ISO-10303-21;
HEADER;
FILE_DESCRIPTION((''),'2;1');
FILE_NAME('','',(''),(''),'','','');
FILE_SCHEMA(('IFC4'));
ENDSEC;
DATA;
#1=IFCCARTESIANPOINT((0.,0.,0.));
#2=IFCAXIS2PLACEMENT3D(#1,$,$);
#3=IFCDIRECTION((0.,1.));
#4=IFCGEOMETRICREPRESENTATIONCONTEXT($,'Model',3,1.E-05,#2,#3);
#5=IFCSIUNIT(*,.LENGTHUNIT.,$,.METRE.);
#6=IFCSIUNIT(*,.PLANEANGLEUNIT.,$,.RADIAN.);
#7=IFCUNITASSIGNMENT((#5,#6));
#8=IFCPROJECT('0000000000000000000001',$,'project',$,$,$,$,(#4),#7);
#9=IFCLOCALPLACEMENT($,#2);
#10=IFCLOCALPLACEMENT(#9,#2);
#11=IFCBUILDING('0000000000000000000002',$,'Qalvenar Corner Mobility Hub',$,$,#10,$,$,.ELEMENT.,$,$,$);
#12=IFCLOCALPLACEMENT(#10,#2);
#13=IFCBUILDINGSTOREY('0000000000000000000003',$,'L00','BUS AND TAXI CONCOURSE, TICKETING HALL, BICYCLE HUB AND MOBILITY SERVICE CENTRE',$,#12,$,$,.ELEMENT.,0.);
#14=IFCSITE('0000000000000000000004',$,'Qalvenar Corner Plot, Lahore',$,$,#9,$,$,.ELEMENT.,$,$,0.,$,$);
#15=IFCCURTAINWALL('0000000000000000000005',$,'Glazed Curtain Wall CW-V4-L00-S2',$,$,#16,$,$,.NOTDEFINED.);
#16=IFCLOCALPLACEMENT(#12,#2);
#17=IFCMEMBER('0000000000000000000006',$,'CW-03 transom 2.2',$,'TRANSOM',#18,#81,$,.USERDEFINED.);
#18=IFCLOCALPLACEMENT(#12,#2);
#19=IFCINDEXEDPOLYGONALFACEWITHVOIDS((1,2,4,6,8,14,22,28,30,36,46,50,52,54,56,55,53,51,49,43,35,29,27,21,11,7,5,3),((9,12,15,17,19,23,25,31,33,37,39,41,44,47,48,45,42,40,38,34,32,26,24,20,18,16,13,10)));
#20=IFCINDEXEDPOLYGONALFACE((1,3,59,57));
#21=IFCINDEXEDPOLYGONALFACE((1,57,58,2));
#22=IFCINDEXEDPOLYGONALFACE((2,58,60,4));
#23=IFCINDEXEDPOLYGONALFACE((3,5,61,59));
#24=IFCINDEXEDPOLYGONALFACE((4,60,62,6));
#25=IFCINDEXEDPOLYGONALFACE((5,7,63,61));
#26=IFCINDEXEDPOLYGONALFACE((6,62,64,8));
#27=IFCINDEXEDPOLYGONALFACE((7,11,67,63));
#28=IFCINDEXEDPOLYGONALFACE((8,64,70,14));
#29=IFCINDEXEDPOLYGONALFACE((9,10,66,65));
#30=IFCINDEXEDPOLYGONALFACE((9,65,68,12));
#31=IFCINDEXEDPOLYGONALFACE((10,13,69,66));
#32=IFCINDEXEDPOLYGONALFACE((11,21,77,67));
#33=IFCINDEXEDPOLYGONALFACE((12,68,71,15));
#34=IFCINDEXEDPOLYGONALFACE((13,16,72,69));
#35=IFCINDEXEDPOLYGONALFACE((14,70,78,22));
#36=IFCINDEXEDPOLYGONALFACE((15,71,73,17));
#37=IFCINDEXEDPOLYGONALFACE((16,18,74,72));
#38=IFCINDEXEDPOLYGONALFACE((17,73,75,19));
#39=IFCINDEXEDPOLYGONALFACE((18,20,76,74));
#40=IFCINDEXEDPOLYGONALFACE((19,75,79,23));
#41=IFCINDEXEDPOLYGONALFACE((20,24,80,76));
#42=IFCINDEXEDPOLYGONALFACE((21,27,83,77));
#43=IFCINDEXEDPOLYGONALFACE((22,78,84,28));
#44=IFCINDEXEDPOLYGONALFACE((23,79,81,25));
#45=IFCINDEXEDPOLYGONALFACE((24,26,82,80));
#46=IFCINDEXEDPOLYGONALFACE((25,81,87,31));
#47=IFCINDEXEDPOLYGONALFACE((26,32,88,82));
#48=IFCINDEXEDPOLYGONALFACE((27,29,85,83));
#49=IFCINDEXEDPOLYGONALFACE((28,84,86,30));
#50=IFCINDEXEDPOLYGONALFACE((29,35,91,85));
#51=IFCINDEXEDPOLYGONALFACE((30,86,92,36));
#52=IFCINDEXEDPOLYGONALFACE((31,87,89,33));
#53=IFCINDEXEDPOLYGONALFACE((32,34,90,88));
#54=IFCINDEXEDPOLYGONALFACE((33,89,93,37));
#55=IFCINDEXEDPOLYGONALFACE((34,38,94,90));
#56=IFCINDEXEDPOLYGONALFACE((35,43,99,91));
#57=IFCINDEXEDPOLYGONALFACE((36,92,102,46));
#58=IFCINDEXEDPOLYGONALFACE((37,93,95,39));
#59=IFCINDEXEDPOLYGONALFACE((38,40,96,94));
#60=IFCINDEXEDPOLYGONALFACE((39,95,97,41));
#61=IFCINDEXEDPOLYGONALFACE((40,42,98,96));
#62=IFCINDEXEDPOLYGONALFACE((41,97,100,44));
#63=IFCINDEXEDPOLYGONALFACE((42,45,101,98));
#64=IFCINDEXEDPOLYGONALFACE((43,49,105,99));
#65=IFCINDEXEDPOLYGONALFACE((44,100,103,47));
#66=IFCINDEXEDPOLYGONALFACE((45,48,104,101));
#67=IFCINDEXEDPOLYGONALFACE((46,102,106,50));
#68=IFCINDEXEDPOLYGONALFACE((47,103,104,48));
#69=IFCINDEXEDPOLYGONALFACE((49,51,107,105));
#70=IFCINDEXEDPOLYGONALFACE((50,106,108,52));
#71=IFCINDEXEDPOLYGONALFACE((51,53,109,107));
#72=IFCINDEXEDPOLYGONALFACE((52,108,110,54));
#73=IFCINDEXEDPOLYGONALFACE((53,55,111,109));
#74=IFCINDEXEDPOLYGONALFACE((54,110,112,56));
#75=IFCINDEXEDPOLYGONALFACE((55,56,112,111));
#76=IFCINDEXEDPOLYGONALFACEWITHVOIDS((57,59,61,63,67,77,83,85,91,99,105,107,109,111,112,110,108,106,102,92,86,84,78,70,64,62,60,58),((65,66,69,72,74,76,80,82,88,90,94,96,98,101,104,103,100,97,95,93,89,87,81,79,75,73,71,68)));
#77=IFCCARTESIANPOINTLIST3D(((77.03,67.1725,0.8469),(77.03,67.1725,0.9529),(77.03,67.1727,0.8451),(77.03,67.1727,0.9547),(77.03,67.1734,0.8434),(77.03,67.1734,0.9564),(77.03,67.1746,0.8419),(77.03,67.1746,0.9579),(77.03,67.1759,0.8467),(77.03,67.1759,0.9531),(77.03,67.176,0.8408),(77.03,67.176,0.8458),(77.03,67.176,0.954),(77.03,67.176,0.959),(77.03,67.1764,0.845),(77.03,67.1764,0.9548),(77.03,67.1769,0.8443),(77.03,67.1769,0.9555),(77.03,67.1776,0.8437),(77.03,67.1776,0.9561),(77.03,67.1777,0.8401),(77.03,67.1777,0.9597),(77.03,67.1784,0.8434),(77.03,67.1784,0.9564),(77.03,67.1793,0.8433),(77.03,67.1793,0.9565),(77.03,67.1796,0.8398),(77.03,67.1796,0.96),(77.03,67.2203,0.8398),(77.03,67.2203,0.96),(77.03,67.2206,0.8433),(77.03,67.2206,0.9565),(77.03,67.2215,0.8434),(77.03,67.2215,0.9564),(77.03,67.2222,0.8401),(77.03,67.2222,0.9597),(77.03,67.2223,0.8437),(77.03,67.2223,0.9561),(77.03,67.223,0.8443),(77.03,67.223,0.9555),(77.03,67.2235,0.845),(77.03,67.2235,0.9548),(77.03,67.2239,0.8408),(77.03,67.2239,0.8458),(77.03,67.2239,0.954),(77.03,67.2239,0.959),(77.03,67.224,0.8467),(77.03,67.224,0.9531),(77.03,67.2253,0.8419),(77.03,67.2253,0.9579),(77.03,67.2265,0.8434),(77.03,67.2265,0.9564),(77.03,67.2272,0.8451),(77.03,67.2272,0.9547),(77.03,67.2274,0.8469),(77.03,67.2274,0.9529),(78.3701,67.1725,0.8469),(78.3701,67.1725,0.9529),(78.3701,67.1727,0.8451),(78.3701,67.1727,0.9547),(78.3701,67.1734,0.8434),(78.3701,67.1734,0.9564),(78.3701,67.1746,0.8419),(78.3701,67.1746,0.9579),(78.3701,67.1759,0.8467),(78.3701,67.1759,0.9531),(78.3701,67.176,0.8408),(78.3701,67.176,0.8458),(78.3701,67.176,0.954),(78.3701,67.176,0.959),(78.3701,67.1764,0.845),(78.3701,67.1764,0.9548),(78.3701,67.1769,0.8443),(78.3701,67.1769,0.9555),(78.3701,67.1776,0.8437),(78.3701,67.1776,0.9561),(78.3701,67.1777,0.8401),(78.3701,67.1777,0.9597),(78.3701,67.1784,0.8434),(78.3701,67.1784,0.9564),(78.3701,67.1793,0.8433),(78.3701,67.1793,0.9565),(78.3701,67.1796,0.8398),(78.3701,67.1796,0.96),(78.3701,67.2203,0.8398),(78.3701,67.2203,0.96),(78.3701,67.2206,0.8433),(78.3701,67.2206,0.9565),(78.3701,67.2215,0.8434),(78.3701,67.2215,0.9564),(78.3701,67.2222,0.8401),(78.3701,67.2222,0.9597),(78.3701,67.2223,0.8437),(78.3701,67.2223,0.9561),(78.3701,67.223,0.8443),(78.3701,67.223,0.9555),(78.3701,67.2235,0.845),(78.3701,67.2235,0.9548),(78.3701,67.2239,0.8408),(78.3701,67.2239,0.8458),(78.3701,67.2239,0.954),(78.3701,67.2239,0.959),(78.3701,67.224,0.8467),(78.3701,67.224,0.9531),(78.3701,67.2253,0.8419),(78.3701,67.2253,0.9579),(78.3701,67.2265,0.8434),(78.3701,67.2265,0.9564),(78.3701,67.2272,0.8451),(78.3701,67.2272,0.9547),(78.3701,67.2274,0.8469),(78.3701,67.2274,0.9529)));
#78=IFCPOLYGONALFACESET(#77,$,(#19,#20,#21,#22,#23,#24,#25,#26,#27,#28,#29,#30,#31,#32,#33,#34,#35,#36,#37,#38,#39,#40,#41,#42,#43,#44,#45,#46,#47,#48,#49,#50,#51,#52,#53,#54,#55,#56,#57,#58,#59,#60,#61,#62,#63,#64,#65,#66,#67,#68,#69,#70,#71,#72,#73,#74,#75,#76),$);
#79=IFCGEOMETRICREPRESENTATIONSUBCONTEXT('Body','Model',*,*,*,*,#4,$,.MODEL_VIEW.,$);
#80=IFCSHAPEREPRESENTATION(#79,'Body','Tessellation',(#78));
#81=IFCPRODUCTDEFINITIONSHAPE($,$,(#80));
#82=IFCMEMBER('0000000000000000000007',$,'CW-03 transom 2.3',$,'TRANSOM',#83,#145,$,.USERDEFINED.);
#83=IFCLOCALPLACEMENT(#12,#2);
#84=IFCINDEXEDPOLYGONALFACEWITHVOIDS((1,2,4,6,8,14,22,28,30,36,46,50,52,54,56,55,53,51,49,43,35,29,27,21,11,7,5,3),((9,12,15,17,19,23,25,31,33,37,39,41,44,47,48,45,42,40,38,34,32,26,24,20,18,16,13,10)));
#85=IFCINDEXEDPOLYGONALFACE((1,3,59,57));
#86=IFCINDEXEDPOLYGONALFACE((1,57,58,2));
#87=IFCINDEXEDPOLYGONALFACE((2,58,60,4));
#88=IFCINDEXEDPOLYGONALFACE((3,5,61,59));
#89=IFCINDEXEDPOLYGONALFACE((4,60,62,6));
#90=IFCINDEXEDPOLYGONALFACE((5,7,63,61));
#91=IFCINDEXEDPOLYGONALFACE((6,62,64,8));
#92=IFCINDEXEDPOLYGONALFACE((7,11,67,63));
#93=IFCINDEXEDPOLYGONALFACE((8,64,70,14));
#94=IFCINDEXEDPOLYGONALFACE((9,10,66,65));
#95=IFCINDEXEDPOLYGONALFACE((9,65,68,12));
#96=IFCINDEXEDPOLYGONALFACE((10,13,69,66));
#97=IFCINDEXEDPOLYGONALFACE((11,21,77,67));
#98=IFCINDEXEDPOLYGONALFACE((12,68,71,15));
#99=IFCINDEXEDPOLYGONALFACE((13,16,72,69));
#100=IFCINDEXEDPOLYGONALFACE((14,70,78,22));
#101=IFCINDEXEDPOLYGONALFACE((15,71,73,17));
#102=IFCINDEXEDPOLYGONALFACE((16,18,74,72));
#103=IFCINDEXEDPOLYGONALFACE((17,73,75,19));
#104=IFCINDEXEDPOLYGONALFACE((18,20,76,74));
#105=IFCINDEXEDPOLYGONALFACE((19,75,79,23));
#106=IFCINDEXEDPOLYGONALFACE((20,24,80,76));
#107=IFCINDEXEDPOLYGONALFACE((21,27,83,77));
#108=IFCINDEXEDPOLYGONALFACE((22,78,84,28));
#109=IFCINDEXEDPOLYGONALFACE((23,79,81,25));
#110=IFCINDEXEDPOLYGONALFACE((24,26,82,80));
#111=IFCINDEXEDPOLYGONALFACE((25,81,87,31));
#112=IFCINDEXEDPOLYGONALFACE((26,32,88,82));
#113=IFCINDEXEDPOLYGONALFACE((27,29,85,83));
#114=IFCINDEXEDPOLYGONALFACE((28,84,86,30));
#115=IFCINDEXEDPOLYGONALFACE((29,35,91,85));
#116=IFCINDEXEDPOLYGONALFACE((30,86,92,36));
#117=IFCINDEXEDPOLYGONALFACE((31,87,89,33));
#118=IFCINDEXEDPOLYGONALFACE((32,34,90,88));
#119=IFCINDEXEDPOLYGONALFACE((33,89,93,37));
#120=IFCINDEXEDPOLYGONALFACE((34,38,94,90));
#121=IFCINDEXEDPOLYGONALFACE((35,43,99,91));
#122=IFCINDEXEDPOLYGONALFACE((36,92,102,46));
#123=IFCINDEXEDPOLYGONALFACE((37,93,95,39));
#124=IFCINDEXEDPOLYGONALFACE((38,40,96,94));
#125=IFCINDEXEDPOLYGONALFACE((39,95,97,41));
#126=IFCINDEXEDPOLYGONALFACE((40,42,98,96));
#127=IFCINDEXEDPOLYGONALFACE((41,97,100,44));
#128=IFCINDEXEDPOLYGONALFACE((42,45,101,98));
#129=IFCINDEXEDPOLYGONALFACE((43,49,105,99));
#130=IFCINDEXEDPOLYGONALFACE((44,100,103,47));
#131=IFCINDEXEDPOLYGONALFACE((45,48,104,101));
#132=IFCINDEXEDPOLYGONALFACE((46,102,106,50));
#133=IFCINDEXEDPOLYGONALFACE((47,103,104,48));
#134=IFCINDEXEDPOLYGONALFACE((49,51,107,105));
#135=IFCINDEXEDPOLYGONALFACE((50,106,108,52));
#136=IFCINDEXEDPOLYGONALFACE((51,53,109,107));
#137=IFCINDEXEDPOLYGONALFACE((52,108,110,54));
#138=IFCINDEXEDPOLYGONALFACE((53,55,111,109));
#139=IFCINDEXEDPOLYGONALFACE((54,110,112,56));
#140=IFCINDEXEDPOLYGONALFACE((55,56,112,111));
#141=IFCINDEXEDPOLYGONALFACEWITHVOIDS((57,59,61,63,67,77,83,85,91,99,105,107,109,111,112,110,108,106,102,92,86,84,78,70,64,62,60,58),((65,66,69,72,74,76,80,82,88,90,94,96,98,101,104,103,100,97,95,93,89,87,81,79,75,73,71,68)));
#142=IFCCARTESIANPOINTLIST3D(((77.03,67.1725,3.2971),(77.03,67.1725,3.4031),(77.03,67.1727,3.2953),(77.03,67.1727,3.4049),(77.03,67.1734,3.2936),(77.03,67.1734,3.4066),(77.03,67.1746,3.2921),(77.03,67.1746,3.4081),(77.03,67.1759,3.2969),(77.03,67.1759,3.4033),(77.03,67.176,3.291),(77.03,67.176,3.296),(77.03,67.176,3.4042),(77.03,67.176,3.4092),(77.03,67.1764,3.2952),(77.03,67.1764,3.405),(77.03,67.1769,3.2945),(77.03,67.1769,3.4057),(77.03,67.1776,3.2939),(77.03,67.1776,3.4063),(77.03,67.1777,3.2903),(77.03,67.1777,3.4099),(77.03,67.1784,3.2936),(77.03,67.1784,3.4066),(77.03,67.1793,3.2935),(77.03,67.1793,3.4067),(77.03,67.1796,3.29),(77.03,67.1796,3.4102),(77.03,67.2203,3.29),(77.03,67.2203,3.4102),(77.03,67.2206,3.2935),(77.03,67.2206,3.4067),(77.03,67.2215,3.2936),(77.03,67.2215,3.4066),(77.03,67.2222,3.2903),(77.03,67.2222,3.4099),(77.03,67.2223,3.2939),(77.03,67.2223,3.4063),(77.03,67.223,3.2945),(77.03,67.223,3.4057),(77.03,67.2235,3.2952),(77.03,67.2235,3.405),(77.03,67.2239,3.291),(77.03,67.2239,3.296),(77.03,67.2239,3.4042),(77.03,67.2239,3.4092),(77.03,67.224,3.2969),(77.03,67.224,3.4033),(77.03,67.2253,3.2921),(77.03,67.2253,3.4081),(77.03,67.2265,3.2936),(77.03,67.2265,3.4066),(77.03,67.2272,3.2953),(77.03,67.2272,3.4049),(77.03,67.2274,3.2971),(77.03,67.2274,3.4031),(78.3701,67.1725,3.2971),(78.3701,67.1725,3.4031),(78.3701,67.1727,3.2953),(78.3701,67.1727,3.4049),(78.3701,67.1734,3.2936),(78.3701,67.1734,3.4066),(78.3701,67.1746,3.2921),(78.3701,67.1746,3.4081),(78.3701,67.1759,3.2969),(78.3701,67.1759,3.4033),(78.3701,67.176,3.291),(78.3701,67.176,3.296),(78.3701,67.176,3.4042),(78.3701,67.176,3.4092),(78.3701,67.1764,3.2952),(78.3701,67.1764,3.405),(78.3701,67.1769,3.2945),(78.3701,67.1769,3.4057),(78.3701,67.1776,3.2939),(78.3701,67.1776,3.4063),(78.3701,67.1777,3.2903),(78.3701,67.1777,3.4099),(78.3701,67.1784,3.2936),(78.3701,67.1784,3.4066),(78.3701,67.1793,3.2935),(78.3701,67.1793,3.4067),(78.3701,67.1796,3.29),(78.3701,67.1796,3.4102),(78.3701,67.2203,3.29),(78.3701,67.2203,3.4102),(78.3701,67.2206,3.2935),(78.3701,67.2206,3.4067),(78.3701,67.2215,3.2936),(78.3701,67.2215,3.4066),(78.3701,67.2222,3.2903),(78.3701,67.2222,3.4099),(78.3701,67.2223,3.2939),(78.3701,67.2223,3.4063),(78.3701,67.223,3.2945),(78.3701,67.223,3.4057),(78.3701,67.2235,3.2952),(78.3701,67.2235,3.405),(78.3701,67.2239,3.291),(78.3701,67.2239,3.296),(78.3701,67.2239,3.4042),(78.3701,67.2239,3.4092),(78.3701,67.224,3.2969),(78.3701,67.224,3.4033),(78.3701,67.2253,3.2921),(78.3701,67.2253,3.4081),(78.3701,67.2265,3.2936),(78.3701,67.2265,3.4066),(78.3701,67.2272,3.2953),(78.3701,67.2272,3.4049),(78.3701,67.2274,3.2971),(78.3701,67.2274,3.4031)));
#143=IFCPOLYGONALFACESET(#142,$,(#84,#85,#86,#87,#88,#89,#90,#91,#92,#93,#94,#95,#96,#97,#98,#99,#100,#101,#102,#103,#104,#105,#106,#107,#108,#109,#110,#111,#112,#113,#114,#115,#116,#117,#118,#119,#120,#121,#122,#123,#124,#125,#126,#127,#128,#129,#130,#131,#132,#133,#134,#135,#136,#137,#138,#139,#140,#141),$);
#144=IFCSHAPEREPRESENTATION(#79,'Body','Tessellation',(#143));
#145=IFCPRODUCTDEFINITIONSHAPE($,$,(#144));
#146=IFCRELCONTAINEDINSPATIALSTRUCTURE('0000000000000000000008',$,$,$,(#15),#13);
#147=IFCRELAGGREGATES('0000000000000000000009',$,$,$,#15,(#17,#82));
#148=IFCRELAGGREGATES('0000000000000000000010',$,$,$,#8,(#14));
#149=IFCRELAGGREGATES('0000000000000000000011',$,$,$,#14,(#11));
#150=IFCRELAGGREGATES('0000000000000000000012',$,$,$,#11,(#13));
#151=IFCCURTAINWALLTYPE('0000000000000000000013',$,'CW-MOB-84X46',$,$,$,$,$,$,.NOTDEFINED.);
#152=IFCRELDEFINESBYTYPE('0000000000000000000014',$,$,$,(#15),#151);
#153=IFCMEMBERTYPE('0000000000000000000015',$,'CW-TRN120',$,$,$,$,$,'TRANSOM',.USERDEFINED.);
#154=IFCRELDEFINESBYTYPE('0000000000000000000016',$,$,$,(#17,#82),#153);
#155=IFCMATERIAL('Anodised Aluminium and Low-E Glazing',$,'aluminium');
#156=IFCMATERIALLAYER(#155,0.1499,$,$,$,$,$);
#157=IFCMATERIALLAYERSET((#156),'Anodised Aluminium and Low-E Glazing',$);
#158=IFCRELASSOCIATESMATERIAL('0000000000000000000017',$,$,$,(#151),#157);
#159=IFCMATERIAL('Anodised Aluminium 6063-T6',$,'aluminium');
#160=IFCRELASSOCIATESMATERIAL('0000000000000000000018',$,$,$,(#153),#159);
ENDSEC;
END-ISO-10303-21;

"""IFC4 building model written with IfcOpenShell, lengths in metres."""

from ifc_helpers import new_model, si_unit, direction, frame, origin, origin_2d, place, context, subcontext, project, spatial, hollow_rectangle, extrude, material, layer, layer_set, material_profile, profile_set, type_object, element, aggregate, save


model = new_model("IFC4")

# Units and contexts
model_context = context("Model", 3, precision=1e-05, world=origin(), true_north=direction((0.0, 1.0)))
body_context = subcontext(model_context, "Body", "Model", "MODEL_VIEW")
ifc_project = project(units=[si_unit("LENGTHUNIT", "METRE"), si_unit("PLANEANGLEUNIT", "RADIAN")], contexts=[model_context])

# Site, building, storey
site_placement = place(None, origin())
site = spatial("IfcSite", under=ifc_project, at=site_placement, Name="Qalvenar Corner Plot, Lahore", CompositionType="ELEMENT", RefElevation=0.0)
building_placement = place(site_placement, origin())
building = spatial("IfcBuilding", under=site, at=building_placement, Name="Qalvenar Corner Mobility Hub", CompositionType="ELEMENT")
storey_placement = place(building_placement, origin())
storey = spatial("IfcBuildingStorey", under=building, at=storey_placement, Name="L00", Description="BUS AND TAXI CONCOURSE, TICKETING HALL, BICYCLE HUB AND MOBILITY SERVICE CENTRE", CompositionType="ELEMENT", Elevation=0.0)

# Curtain wall, members
ifc_material_1 = material(Name="Anodised Aluminium and Low-E Glazing", Category="aluminium")
ifc_layer_1 = layer(ifc_material_1, 0.1499)
ifc_layer_set_1 = layer_set([ifc_layer_1], Name="Anodised Aluminium and Low-E Glazing")
curtain_wall_type = type_object("IfcCurtainWallType", Name="CW-MOB-84X46", PredefinedType="NOTDEFINED", material=ifc_layer_set_1)
curtain_wall_placement = place(storey_placement, origin())
curtain_wall = element("IfcCurtainWall", 1, at=curtain_wall_placement, inside=storey, type_object=curtain_wall_type, Name="Glazed Curtain Wall CW-V4-L00-S2", PredefinedType="NOTDEFINED")
ifc_material_2 = material(Name="Anodised Aluminium 6063-T6", Category="aluminium")
ifc_material_profile_1 = material_profile(ifc_material_2, hollow_rectangle(XDim=0.0549, YDim=0.1201, WallThickness=0.0034, InnerFilletRadius=0.0034, OuterFilletRadius=0.0071, at=origin_2d()), Name="RHS120x55x3.5")
ifc_profile_set_1 = profile_set([ifc_material_profile_1], Name="Anodised Aluminium 6063-T6")
member_type_1 = type_object("IfcMemberType", Name="CW-TRN120", ElementType="TRANSOM", PredefinedType="USERDEFINED", material=ifc_profile_set_1)
member_1_placement = place(storey_placement, frame((77.03, 67.2, 0.8999), z_axis=(1.0, 0.0, 0.0), x_axis=(0.0, 1.0, 0.0)))
member_1 = element("IfcMember", 2, at=member_1_placement, type_object=member_type_1, Name="CW-03 transom 2.2", ObjectType="TRANSOM", PredefinedType="USERDEFINED", context=body_context, shape_type="SweptSolid", body=[
    extrude(hollow_rectangle(XDim=0.0549, YDim=0.1201, WallThickness=0.0034, InnerFilletRadius=0.0034, OuterFilletRadius=0.0071, at=origin_2d()), origin(), (0.0, 0.0, 1.0), 1.3401),
])
member_2_placement = place(storey_placement, frame((77.03, 67.2, 3.3501), z_axis=(1.0, 0.0, 0.0), x_axis=(0.0, 1.0, 0.0)))
member_2 = element("IfcMember", 3, at=member_2_placement, type_object=member_type_1, Name="CW-03 transom 2.3", ObjectType="TRANSOM", PredefinedType="USERDEFINED", context=body_context, shape_type="SweptSolid", body=[
    extrude(hollow_rectangle(XDim=0.0549, YDim=0.1201, WallThickness=0.0034, InnerFilletRadius=0.0034, OuterFilletRadius=0.0071, at=origin_2d()), origin(), (0.0, 0.0, 1.0), 1.3401),
])
aggregate(curtain_wall, [member_1, member_2])

save(model, "model.ifc")
